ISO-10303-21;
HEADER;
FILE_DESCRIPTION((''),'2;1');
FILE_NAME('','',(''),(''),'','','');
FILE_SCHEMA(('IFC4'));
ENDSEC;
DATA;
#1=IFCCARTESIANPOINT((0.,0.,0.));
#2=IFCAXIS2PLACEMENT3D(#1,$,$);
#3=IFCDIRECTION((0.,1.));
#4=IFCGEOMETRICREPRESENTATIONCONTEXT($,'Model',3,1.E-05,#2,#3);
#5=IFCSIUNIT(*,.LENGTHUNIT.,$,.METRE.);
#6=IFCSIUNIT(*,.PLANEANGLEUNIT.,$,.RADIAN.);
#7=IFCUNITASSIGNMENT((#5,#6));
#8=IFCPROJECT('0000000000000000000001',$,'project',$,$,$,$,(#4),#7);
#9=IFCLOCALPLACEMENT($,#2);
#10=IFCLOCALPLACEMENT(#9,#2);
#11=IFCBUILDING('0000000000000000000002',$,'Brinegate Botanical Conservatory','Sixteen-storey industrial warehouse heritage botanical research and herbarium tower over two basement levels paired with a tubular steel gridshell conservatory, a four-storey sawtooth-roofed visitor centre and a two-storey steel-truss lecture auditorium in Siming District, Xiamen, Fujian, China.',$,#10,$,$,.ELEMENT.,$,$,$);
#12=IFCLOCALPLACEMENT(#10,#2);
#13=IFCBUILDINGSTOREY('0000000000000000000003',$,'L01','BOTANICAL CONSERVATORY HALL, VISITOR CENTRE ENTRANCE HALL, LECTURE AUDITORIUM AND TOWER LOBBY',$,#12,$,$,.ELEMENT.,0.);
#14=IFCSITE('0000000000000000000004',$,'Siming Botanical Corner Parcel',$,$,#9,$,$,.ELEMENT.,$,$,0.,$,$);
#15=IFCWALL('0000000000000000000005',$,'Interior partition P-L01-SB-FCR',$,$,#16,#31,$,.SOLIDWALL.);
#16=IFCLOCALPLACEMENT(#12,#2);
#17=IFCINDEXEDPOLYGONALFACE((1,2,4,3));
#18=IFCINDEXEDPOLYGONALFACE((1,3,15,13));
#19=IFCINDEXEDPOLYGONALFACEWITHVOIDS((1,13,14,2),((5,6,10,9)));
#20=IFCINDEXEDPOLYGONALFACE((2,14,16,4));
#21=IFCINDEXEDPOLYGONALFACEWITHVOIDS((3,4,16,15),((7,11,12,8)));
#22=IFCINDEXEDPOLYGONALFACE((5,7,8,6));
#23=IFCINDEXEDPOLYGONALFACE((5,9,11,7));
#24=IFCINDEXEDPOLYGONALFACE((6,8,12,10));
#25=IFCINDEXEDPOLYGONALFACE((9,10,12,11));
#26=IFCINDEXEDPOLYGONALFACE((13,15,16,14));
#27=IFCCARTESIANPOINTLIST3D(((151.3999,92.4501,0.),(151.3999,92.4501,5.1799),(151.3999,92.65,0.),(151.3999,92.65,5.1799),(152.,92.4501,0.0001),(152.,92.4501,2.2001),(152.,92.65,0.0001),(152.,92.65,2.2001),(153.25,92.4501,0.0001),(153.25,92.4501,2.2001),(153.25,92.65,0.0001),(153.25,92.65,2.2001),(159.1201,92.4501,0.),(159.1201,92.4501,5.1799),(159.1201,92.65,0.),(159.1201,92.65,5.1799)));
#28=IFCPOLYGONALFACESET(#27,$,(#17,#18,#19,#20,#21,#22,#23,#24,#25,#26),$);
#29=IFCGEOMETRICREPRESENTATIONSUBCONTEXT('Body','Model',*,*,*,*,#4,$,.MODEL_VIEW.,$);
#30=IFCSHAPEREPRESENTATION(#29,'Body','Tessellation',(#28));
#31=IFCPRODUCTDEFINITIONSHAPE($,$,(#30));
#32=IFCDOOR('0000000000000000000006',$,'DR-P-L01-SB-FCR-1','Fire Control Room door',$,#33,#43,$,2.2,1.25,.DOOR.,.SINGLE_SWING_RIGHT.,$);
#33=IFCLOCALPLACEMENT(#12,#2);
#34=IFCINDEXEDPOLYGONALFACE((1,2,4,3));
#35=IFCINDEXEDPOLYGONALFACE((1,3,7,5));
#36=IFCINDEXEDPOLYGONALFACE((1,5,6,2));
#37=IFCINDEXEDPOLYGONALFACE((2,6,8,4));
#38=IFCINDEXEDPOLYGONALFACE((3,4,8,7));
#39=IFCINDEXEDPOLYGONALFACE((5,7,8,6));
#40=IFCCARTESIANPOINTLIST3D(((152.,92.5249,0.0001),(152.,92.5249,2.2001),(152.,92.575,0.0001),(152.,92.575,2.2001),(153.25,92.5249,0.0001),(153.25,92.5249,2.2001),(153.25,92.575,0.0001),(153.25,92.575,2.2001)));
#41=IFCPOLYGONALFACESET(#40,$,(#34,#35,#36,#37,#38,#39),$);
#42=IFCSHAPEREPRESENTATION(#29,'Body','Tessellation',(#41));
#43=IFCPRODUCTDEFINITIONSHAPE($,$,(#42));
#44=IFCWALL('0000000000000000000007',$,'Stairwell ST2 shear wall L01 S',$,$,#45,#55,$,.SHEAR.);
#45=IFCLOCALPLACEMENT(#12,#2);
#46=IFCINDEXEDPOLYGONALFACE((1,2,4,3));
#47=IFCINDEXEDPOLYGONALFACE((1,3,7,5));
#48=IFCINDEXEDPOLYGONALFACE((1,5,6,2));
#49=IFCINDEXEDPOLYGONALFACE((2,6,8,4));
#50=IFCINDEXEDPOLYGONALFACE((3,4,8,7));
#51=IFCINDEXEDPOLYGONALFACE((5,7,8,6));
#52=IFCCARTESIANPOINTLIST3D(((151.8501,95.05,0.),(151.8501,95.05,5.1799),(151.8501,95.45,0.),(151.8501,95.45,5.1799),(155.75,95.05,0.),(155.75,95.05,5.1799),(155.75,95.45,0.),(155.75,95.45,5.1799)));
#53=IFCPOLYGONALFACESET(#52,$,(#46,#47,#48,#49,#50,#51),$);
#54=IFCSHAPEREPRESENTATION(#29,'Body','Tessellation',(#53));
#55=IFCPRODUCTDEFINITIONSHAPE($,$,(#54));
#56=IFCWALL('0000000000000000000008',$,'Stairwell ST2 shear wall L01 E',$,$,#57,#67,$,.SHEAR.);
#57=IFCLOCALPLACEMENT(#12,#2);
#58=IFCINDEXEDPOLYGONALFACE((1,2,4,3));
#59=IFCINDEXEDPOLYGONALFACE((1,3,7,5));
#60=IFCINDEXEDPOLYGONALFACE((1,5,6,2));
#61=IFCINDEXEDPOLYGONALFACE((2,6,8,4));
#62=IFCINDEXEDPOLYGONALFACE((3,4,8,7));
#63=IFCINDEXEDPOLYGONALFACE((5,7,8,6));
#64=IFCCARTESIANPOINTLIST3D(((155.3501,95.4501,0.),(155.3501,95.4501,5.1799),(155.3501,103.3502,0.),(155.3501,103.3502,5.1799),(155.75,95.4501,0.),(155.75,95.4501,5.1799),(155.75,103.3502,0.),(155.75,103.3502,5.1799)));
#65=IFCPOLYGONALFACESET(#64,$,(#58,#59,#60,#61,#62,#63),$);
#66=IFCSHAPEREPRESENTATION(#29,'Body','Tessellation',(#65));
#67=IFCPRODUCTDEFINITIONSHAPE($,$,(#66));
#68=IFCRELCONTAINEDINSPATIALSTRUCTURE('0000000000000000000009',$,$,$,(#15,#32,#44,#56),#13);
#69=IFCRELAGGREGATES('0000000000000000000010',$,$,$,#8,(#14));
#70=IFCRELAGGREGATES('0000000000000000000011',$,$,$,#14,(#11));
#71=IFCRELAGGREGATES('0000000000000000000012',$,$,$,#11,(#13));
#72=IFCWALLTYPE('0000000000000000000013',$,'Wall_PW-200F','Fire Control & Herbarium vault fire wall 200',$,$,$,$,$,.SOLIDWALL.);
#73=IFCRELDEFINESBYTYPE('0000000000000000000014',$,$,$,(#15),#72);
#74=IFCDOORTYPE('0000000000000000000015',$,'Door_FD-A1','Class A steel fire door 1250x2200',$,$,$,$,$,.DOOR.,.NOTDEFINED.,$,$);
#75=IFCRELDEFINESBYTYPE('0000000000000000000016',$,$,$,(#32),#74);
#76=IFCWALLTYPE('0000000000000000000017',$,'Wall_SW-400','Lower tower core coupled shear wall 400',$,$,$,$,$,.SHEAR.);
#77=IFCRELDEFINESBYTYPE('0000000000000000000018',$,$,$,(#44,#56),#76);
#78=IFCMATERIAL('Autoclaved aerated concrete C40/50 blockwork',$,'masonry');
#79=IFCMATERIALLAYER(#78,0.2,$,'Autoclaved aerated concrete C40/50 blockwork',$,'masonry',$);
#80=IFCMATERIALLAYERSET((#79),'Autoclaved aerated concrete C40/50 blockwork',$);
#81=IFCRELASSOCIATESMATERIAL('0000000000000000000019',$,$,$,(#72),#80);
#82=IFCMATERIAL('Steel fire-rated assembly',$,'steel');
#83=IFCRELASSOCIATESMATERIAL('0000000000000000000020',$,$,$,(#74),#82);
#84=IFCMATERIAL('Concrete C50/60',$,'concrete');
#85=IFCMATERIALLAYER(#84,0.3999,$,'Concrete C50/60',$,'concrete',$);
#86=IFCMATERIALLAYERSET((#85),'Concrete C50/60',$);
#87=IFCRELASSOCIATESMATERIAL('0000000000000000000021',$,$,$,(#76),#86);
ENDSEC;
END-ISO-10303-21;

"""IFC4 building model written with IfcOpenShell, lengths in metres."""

from ifc_helpers import new_model, si_unit, direction, frame, frame_2d, origin, place, context, subcontext, project, spatial, rectangle, extrude, material, layer, layer_set, type_object, element, fill, save


model = new_model("IFC4")

# Units and contexts
model_context = context("Model", 3, precision=1e-05, world=origin(), true_north=direction((0.0, 1.0)))
body_context = subcontext(model_context, "Body", "Model", "MODEL_VIEW")
ifc_project = project(units=[si_unit("LENGTHUNIT", "METRE"), si_unit("PLANEANGLEUNIT", "RADIAN")], contexts=[model_context])

# Site, building, storey
site_placement = place(None, origin())
site = spatial("IfcSite", under=ifc_project, at=site_placement, Name="Siming Botanical Corner Parcel", CompositionType="ELEMENT", RefElevation=0.0)
building_placement = place(site_placement, origin())
building = spatial("IfcBuilding", under=site, at=building_placement, Name="Brinegate Botanical Conservatory", Description="Sixteen-storey industrial warehouse heritage botanical research and herbarium tower over two basement levels paired with a tubular steel gridshell conservatory, a four-storey sawtooth-roofed visitor centre and a two-storey steel-truss lecture auditorium in Siming District, Xiamen, Fujian, China.", CompositionType="ELEMENT")
storey_placement = place(building_placement, origin())
storey = spatial("IfcBuildingStorey", under=building, at=storey_placement, Name="L01", Description="BOTANICAL CONSERVATORY HALL, VISITOR CENTRE ENTRANCE HALL, LECTURE AUDITORIUM AND TOWER LOBBY", CompositionType="ELEMENT", Elevation=0.0)

# Shared definitions
ifc_material_1 = material(Name="Concrete C50/60", Category="concrete")

# Wall, opening, door
ifc_material_2 = material(Name="Autoclaved aerated concrete C40/50 blockwork", Category="masonry")
ifc_layer_1 = layer(ifc_material_2, 0.2, Name="Autoclaved aerated concrete C40/50 blockwork", Category="masonry")
ifc_layer_set_1 = layer_set([ifc_layer_1], Name="Autoclaved aerated concrete C40/50 blockwork")
wall_type_1 = type_object("IfcWallType", Name="Wall_PW-200F", Description="Fire Control & Herbarium vault fire wall 200", PredefinedType="SOLIDWALL", material=ifc_layer_set_1)
wall_1_placement = place(storey_placement, frame((151.3999, 92.55, 0.0), z_axis=(0.0, 0.0, 1.0), x_axis=(1.0, 0.0, 0.0)))
wall_1 = element("IfcWall", 1, at=wall_1_placement, inside=storey, type_object=wall_type_1, Name="Interior partition P-L01-SB-FCR", PredefinedType="SOLIDWALL", context=body_context, shape_type="SweptSolid", body=[
    extrude(rectangle(XDim=7.7202, YDim=0.2, at=frame_2d((3.8601, 0.0))), origin(), (0.0, 0.0, 1.0), 5.1799),
])
opening_1_placement = place(wall_1_placement, frame((0.6001, 0.0, 0.0)))
opening_1 = element("IfcOpeningElement", 2, at=opening_1_placement, cuts=wall_1, PredefinedType="OPENING", context=body_context, shape_type="SweptSolid", body=[
    extrude(rectangle(XDim=1.25, YDim=2.2, at=frame_2d((0.625, 1.1001))), frame((0.0, 0.1099, 0.0), z_axis=(0.0, -1.0, 0.0), x_axis=(1.0, 0.0, 0.0)), (0.0, 0.0, 1.0), 0.22),
])
ifc_material_3 = material(Name="Steel fire-rated assembly", Category="steel")
door_type_1 = type_object("IfcDoorType", Name="Door_FD-A1", Description="Class A steel fire door 1250x2200", OperationType="NOTDEFINED", PredefinedType="DOOR", material=ifc_material_3)
door_1_placement = place(opening_1_placement, origin())
door_1 = element("IfcDoor", 3, at=door_1_placement, inside=storey, type_object=door_type_1, Name="DR-P-L01-SB-FCR-1", Description="Fire Control Room door", OperationType="SINGLE_SWING_RIGHT", OverallHeight=2.2, OverallWidth=1.25, PredefinedType="DOOR", context=body_context, shape_type="SweptSolid", body=[
    extrude(rectangle(XDim=1.25, YDim=2.2, at=frame_2d((0.625, 1.1001))), frame((0.0, 0.0249, 0.0), z_axis=(0.0, -1.0, 0.0), x_axis=(1.0, 0.0, 0.0)), (0.0, 0.0, 1.0), 0.05),
])
fill(opening_1, door_1)

# Wall
ifc_layer_2 = layer(ifc_material_1, 0.3999, Name="Concrete C50/60", Category="concrete")
ifc_layer_set_2 = layer_set([ifc_layer_2], Name="Concrete C50/60")
wall_type_2 = type_object("IfcWallType", Name="Wall_SW-400", Description="Lower tower core coupled shear wall 400", PredefinedType="SHEAR", material=ifc_layer_set_2)
wall_2_placement = place(storey_placement, frame((151.8501, 95.25, 0.0), z_axis=(0.0, 0.0, 1.0), x_axis=(1.0, 0.0, 0.0)))
element("IfcWall", 4, at=wall_2_placement, inside=storey, type_object=wall_type_2, Name="Stairwell ST2 shear wall L01 S", PredefinedType="SHEAR", context=body_context, shape_type="SweptSolid", body=[
    extrude(rectangle(XDim=3.8999, YDim=0.3999, at=frame_2d((1.95, 0.0))), origin(), (0.0, 0.0, 1.0), 5.1799),
])

# Wall
wall_3_placement = place(storey_placement, frame((155.55, 95.45, 0.0), z_axis=(0.0, 0.0, 1.0), x_axis=(0.0, 1.0, 0.0)))
element("IfcWall", 5, at=wall_3_placement, inside=storey, type_object=wall_type_2, Name="Stairwell ST2 shear wall L01 E", PredefinedType="SHEAR", context=body_context, shape_type="SweptSolid", body=[
    extrude(rectangle(XDim=7.9001, YDim=0.3999, at=frame_2d((3.9502, 0.0))), origin(), (0.0, 0.0, 1.0), 5.1799),
])

save(model, "model.ifc")
